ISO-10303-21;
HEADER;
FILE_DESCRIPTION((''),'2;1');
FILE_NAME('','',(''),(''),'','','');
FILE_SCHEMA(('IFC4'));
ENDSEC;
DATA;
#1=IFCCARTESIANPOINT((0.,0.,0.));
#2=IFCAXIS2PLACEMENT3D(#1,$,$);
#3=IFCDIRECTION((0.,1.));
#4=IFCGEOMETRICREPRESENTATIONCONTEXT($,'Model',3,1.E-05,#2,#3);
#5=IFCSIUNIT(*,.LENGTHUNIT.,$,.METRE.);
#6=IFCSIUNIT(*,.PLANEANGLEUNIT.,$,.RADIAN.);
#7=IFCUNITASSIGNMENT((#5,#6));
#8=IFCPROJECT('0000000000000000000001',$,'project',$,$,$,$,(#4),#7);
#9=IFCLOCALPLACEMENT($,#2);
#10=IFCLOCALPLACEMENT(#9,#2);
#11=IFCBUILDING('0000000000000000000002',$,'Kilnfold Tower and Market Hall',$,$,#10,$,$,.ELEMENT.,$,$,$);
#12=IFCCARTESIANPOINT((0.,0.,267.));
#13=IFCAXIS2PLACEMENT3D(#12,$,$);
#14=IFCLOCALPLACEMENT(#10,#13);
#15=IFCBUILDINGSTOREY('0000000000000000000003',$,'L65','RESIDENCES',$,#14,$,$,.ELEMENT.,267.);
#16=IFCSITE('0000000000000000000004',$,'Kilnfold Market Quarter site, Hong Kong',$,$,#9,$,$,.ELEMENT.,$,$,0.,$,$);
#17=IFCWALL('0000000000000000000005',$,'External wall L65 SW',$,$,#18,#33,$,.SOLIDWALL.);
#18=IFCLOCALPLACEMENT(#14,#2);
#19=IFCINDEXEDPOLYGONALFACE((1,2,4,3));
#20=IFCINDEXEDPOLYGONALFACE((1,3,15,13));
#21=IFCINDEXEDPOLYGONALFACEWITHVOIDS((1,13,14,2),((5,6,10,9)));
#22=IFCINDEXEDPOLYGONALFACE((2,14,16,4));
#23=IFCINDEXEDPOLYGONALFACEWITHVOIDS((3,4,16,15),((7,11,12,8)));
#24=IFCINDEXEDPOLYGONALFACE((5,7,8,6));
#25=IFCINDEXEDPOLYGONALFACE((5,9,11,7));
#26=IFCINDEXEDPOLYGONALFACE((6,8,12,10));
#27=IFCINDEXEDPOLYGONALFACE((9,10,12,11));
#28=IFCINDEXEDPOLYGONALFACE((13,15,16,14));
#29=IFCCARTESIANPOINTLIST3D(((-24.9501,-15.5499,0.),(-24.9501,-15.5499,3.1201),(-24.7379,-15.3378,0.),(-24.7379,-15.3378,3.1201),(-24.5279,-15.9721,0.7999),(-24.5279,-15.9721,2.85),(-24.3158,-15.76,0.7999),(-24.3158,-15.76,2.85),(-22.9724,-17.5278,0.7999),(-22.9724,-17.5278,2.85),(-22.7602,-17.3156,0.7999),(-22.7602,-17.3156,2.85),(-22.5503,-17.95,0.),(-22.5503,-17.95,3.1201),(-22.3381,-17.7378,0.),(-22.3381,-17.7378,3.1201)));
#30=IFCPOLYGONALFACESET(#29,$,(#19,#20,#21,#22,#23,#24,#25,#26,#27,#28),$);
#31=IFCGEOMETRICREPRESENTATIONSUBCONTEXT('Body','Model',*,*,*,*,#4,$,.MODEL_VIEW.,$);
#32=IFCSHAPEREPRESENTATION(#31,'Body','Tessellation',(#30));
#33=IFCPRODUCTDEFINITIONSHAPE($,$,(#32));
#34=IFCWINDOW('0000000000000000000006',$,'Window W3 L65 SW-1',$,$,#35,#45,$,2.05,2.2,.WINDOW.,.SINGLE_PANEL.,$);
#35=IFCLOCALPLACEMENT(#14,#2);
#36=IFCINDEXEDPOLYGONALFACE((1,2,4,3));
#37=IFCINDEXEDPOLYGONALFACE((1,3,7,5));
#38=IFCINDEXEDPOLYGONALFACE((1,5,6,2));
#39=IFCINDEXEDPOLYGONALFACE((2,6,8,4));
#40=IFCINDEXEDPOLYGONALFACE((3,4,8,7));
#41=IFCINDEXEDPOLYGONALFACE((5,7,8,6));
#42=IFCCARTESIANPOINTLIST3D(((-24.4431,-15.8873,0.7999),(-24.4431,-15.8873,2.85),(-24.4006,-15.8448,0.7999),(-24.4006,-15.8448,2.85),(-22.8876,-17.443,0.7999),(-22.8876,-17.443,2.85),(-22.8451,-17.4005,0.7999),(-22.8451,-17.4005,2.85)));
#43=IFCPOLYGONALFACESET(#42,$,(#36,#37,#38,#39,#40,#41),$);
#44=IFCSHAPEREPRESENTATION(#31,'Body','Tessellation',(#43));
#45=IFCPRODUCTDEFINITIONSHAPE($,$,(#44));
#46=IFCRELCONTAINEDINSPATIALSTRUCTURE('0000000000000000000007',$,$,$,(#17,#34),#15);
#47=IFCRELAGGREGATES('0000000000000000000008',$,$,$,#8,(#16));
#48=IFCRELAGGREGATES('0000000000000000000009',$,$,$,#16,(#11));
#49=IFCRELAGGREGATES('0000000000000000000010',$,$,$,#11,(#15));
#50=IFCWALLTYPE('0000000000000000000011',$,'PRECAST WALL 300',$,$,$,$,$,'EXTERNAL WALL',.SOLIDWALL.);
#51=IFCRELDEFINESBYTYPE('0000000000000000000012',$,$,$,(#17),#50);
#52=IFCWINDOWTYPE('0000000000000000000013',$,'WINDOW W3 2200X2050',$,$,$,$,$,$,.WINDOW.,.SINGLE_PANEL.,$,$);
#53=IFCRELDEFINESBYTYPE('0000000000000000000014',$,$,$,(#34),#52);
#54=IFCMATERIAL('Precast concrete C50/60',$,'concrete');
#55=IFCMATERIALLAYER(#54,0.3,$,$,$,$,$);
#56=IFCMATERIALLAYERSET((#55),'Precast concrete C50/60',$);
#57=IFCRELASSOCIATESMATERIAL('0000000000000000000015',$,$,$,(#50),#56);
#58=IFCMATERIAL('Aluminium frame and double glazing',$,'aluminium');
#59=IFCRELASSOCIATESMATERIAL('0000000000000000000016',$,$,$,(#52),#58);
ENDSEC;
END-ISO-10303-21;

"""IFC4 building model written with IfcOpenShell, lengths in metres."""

from ifc_helpers import new_model, si_unit, direction, frame, frame_2d, origin, place, context, subcontext, project, spatial, rectangle, extrude, source, transform, mapped, material, layer, layer_set, type_object, element, fill, save


model = new_model("IFC4")

# Units and contexts
model_context = context("Model", 3, precision=1e-05, world=origin(), true_north=direction((0.0, 1.0)))
body_context = subcontext(model_context, "Body", "Model", "MODEL_VIEW")
ifc_project = project(units=[si_unit("LENGTHUNIT", "METRE"), si_unit("PLANEANGLEUNIT", "RADIAN")], contexts=[model_context])

# Site, building, storey
site_placement = place(None, origin())
site = spatial("IfcSite", under=ifc_project, at=site_placement, Name="Kilnfold Market Quarter site, Hong Kong", CompositionType="ELEMENT", RefElevation=0.0)
building_placement = place(site_placement, origin())
building = spatial("IfcBuilding", under=site, at=building_placement, Name="Kilnfold Tower and Market Hall", CompositionType="ELEMENT")
storey_placement = place(building_placement, frame((0.0, 0.0, 267.0)))
storey = spatial("IfcBuildingStorey", under=building, at=storey_placement, Name="L65", Description="RESIDENCES", CompositionType="ELEMENT", Elevation=267.0)

# Shared definitions
ifc_material_1 = material(Name="Precast concrete C50/60", Category="concrete")
ifc_layer_1 = layer(ifc_material_1, 0.3)
ifc_layer_set_1 = layer_set([ifc_layer_1], Name="Precast concrete C50/60")
wall_type_1 = type_object("IfcWallType", Name="PRECAST WALL 300", ElementType="EXTERNAL WALL", PredefinedType="SOLIDWALL", material=ifc_layer_set_1)

# Wall, opening, window
ifc_material_2 = material(Name="Aluminium frame and double glazing", Category="aluminium")
window_type_1 = type_object("IfcWindowType", Name="WINDOW W3 2200X2050", PartitioningType="SINGLE_PANEL", PredefinedType="WINDOW", material=ifc_material_2)
shared_shape_1 = source(origin(), body_context, "Body", "SweptSolid", [
    extrude(rectangle(XDim=3.394, YDim=0.3, at=frame_2d((1.697, 0.0))), origin(), (0.0, 0.0, 1.0), 3.1201),
])
wall_1_placement = place(storey_placement, frame((-24.844, -15.4438, 0.0), z_axis=(0.0, 0.0, 1.0), x_axis=(0.707071, -0.707143, 0.0)))
wall_1 = element("IfcWall", 1, at=wall_1_placement, inside=storey, type_object=wall_type_1, Name="External wall L65 SW", PredefinedType="SOLIDWALL", context=body_context, shape_type="MappedRepresentation", body=[
    mapped(shared_shape_1, transform((0.0, 0.0, 0.0))),
])
opening_1_placement = place(wall_1_placement, frame((0.5969, 0.0, 0.8)))
opening_1 = element("IfcOpeningElement", 2, at=opening_1_placement, cuts=wall_1, PredefinedType="OPENING", context=body_context, shape_type="SweptSolid", body=[
    extrude(rectangle(XDim=2.2, YDim=2.05, at=frame_2d((1.1001, 1.0249))), frame((0.0, 0.1602, 0.0), z_axis=(0.0, -1.0, 0.0), x_axis=(1.0, 0.0, 0.0)), (0.0, 0.0, 1.0), 0.3201),
])
window_1_placement = place(opening_1_placement, origin())
window_1 = element("IfcWindow", 3, at=window_1_placement, inside=storey, type_object=window_type_1, Name="Window W3 L65 SW-1", OverallHeight=2.05, OverallWidth=2.2, PartitioningType="SINGLE_PANEL", PredefinedType="WINDOW", context=body_context, shape_type="SweptSolid", body=[
    extrude(rectangle(XDim=2.2, YDim=2.05, at=frame_2d((1.1001, 1.0249))), frame((0.0, 0.03, 0.0), z_axis=(0.0, -1.0, 0.0), x_axis=(1.0, 0.0, 0.0)), (0.0, 0.0, 1.0), 0.0601),
])
fill(opening_1, window_1)

save(model, "model.ifc")
